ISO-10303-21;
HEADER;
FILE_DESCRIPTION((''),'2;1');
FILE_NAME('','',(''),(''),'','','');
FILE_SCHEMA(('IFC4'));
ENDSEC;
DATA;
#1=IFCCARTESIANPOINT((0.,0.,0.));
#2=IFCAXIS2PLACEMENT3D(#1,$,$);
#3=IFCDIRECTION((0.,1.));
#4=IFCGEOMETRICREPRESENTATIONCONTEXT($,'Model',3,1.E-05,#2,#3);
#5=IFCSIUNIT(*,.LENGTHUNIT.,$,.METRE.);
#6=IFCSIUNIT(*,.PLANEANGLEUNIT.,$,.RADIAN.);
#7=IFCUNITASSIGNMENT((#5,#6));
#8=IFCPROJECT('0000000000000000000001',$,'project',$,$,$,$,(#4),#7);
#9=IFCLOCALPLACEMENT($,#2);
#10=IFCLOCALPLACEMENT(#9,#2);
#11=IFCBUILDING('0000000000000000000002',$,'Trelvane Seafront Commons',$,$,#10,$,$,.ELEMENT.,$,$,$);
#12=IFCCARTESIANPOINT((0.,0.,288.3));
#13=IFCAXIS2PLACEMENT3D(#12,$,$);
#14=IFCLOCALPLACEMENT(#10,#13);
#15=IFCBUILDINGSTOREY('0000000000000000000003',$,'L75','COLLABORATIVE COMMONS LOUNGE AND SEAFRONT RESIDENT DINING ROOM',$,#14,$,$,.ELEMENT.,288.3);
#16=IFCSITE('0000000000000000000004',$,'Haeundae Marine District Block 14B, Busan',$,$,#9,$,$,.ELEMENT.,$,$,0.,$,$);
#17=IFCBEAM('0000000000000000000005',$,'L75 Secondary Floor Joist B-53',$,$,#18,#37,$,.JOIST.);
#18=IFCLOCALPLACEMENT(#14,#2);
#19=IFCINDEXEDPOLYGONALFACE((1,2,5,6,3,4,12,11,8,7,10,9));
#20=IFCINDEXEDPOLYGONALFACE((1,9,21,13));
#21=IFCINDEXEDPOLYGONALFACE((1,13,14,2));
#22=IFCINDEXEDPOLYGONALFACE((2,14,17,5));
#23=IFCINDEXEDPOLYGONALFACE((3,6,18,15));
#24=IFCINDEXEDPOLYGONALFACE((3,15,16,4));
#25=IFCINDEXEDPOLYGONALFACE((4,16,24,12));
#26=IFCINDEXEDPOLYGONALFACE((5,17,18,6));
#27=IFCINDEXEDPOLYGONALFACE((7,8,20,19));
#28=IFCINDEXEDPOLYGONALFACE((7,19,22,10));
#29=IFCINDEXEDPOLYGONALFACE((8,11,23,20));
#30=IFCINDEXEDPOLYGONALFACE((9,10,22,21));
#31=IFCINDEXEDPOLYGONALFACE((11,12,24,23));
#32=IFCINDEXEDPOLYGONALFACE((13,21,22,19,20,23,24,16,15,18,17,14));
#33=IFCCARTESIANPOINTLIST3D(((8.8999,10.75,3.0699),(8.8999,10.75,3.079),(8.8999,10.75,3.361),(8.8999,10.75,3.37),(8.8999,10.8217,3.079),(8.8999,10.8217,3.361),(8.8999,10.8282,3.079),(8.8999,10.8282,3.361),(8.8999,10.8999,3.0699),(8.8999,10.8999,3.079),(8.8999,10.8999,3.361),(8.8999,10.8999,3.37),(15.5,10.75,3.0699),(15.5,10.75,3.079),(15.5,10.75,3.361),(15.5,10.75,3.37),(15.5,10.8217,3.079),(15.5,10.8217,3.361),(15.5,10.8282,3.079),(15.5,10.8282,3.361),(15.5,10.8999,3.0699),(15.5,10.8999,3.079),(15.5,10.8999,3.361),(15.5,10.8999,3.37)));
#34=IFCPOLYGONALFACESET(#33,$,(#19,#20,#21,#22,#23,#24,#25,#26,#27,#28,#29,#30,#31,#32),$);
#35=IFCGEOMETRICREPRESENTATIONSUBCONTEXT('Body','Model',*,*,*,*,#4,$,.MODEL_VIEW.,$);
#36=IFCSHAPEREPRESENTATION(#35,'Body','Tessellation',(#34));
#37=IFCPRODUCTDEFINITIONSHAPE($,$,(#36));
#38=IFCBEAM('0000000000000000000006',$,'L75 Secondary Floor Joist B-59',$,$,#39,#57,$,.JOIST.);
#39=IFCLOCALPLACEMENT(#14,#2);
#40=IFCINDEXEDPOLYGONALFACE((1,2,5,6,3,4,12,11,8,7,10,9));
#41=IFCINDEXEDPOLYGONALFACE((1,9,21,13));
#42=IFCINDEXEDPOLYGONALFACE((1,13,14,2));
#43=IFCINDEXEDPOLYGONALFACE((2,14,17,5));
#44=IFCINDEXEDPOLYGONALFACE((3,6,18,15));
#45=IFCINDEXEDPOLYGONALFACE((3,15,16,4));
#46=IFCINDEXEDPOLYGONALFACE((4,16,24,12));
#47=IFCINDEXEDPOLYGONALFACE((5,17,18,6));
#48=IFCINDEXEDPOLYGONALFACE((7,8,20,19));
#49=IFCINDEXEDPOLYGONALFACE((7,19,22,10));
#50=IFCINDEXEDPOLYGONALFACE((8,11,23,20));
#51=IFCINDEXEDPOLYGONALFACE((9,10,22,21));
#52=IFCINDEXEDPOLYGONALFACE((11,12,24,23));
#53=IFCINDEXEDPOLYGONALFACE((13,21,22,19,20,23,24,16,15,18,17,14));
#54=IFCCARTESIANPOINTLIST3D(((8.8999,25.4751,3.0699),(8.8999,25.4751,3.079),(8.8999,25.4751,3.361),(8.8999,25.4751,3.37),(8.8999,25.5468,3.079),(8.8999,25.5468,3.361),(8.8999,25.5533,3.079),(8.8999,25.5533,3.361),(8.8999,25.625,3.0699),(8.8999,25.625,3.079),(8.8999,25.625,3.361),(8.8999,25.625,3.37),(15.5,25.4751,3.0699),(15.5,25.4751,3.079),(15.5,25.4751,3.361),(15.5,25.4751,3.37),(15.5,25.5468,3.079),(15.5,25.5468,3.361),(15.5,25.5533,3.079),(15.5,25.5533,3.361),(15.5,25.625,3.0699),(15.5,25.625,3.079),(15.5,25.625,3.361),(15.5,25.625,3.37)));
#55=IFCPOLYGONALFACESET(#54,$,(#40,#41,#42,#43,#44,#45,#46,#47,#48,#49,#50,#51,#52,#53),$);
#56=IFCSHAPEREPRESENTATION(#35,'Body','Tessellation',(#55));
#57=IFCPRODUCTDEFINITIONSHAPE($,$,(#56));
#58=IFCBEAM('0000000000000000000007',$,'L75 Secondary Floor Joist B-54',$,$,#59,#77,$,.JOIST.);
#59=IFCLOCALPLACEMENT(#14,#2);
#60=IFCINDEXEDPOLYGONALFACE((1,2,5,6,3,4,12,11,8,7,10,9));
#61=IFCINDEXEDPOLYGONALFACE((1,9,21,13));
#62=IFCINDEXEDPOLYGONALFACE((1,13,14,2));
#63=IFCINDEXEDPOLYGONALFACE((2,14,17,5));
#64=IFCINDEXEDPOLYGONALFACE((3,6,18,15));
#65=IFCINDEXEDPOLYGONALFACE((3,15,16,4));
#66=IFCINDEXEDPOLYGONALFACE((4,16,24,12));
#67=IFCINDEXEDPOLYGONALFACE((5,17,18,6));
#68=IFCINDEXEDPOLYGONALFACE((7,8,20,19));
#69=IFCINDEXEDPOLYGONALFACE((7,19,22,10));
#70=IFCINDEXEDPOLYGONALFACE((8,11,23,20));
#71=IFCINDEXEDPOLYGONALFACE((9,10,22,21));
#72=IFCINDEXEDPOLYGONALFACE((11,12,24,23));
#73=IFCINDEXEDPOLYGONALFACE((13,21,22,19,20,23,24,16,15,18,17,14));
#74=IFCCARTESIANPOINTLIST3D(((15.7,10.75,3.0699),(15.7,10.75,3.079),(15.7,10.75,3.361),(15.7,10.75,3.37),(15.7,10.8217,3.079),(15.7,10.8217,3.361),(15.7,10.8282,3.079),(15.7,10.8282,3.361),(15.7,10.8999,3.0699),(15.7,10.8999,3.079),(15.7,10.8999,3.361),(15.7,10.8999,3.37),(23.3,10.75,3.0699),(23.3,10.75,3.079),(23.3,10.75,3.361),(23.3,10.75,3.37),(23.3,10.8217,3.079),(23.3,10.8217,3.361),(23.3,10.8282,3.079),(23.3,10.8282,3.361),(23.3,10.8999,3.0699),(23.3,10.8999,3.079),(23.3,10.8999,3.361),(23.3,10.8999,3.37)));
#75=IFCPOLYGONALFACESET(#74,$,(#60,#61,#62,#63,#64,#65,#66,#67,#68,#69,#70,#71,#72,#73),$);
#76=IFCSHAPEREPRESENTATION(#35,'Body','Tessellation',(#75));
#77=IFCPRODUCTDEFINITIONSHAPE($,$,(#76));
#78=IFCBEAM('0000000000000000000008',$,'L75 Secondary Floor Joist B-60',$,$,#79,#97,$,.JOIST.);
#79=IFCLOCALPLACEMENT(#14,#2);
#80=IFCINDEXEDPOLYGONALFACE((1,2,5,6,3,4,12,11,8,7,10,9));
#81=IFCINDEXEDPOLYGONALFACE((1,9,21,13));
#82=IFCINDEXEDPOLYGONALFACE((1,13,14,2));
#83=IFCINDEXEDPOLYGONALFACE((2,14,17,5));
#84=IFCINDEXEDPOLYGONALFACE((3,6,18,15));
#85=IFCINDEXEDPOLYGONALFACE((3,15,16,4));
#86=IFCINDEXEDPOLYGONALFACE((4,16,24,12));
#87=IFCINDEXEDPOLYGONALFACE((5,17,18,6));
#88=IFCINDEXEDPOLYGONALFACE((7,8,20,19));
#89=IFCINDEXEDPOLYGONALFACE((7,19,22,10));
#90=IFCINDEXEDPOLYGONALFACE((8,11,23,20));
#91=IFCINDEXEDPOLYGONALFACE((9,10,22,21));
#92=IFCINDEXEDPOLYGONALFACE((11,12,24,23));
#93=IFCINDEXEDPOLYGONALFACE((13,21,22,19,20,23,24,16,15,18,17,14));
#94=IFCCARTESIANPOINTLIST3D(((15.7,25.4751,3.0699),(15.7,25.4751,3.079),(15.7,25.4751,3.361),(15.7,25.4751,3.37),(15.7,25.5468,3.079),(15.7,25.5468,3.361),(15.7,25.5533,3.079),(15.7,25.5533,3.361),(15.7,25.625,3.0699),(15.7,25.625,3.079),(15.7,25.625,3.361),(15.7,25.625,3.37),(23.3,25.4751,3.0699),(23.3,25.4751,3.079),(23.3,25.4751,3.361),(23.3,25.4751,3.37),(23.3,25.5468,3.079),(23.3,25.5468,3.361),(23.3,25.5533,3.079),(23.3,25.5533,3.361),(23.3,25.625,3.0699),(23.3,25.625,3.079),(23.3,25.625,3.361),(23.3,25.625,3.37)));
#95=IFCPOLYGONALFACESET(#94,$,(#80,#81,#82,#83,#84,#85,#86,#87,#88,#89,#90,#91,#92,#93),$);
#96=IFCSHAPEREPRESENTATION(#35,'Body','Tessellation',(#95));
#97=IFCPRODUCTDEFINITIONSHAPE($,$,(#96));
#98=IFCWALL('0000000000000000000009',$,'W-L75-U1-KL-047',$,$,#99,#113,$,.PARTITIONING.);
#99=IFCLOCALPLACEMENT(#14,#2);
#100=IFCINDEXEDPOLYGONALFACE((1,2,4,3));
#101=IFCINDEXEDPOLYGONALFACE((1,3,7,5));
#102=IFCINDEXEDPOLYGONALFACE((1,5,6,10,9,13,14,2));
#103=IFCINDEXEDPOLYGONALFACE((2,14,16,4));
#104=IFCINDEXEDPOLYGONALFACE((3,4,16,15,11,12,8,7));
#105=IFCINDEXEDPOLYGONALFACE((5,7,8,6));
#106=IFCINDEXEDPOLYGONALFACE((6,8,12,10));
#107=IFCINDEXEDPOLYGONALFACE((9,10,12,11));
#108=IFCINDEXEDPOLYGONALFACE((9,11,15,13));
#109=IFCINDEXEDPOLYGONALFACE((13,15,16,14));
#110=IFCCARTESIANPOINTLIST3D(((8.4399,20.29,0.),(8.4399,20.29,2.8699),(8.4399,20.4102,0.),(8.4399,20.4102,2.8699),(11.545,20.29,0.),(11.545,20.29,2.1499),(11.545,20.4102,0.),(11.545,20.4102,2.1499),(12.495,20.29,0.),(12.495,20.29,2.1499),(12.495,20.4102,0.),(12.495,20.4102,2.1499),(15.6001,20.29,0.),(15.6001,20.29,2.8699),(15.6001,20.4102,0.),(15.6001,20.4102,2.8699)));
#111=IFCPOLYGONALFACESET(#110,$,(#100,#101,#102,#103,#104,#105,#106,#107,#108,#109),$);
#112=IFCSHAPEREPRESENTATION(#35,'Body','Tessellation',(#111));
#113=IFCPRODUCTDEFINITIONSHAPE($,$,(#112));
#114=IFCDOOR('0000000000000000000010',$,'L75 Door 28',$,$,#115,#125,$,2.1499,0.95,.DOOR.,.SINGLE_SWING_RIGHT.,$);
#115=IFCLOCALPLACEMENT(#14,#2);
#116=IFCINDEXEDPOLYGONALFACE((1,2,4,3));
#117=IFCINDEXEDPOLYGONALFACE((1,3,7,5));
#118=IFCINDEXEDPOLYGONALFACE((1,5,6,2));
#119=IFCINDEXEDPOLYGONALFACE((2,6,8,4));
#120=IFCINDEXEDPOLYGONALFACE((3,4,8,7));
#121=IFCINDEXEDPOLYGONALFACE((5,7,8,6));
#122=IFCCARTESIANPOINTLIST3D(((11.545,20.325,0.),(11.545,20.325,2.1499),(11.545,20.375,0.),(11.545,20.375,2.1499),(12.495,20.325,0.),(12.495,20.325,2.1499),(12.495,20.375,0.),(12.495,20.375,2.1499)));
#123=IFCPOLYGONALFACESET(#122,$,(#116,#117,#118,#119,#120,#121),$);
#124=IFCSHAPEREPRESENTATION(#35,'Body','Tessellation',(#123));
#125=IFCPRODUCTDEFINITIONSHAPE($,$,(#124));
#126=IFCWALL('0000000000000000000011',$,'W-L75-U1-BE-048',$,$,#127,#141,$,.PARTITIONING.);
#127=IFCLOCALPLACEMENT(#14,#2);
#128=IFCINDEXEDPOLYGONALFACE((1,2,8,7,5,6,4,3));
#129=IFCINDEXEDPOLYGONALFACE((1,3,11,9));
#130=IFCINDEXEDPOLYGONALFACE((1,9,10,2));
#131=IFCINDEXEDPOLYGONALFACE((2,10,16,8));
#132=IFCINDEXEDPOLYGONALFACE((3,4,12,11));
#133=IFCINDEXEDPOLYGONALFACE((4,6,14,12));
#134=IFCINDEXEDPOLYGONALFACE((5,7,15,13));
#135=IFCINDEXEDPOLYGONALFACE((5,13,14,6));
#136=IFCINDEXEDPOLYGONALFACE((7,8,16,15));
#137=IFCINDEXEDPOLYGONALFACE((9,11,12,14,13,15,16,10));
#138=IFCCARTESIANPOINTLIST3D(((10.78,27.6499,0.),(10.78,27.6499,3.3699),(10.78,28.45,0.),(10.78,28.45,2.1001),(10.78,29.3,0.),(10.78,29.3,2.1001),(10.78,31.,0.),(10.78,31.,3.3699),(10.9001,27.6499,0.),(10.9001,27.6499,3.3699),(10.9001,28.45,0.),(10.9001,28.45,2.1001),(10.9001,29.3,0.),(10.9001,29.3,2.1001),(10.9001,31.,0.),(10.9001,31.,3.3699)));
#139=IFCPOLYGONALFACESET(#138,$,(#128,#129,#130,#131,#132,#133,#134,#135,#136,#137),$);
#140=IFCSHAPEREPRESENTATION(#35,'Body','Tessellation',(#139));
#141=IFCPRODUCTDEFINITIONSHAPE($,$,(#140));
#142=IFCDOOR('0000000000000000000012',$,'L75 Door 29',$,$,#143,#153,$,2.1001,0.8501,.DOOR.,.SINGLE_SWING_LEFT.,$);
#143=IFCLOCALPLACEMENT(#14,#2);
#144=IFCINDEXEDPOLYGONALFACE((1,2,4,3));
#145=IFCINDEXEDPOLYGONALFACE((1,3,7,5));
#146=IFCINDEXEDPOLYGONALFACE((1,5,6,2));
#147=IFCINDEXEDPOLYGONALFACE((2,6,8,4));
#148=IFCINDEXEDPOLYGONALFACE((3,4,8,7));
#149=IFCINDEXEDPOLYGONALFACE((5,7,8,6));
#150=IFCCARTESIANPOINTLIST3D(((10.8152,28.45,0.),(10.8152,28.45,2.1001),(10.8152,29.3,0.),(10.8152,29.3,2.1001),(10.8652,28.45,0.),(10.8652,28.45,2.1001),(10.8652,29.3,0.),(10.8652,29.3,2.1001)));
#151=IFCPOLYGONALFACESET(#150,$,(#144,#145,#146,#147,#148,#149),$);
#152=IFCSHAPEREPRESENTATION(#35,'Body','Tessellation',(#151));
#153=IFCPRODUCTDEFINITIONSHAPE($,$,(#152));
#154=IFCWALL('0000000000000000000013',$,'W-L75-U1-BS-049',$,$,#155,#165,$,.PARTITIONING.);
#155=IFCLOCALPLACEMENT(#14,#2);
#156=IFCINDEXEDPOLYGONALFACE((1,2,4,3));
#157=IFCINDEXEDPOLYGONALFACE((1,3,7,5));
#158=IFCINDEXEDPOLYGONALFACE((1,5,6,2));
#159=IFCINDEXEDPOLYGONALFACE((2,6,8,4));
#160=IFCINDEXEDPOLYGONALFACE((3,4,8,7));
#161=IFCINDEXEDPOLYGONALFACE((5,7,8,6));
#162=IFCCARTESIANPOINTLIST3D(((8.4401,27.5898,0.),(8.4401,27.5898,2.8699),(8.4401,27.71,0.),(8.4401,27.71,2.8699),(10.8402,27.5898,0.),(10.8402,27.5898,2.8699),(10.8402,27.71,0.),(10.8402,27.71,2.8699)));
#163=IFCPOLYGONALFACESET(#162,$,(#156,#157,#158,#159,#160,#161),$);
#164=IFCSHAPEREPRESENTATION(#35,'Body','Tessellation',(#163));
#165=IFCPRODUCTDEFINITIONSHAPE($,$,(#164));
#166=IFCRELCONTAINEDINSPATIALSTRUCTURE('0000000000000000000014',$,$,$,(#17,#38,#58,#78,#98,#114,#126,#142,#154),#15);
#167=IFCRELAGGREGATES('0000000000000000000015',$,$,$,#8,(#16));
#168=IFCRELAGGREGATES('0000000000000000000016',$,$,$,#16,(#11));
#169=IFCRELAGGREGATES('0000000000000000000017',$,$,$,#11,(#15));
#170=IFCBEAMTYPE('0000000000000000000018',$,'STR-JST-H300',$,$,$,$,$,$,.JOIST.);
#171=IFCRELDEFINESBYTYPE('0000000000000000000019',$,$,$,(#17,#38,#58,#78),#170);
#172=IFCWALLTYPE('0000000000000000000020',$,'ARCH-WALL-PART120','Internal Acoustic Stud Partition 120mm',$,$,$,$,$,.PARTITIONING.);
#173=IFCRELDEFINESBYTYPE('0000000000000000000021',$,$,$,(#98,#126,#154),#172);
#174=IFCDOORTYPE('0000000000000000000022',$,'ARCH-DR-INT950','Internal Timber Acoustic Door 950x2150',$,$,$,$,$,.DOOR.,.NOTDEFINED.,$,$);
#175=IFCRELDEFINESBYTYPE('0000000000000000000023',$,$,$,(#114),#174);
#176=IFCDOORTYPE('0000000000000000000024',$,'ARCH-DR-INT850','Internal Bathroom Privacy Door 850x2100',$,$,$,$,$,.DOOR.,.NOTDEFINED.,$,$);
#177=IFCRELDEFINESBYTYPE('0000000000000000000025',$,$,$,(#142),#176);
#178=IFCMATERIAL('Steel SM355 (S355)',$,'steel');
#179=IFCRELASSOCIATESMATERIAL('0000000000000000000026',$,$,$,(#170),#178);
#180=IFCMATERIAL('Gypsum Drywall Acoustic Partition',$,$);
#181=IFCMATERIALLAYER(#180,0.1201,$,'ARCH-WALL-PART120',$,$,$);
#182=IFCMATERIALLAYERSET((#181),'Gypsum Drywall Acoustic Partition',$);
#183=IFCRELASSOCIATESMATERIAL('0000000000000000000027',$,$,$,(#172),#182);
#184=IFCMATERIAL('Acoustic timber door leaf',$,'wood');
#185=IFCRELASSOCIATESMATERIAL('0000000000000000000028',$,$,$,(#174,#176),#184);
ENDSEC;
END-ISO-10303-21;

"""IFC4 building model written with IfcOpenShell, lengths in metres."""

from ifc_helpers import new_model, si_unit, direction, frame, frame_2d, origin, origin_2d, place, context, subcontext, project, spatial, rectangle, i_section, extrude, source, transform, mapped, material, layer, layer_set, material_profile, profile_set, type_object, element, fill, save


model = new_model("IFC4")

# Units and contexts
model_context = context("Model", 3, precision=1e-05, world=origin(), true_north=direction((0.0, 1.0)))
body_context = subcontext(model_context, "Body", "Model", "MODEL_VIEW")
ifc_project = project(units=[si_unit("LENGTHUNIT", "METRE"), si_unit("PLANEANGLEUNIT", "RADIAN")], contexts=[model_context])

# Site, building, storey
site_placement = place(None, origin())
site = spatial("IfcSite", under=ifc_project, at=site_placement, Name="Haeundae Marine District Block 14B, Busan", CompositionType="ELEMENT", RefElevation=0.0)
building_placement = place(site_placement, origin())
building = spatial("IfcBuilding", under=site, at=building_placement, Name="Trelvane Seafront Commons", CompositionType="ELEMENT")
storey_placement = place(building_placement, frame((0.0, 0.0, 288.3)))
storey = spatial("IfcBuildingStorey", under=building, at=storey_placement, Name="L75", Description="COLLABORATIVE COMMONS LOUNGE AND SEAFRONT RESIDENT DINING ROOM", CompositionType="ELEMENT", Elevation=288.3)

# Shared definitions
ifc_material_1 = material(Name="Steel SM355 (S355)", Category="steel")

# Beams
ifc_material_profile_1 = material_profile(ifc_material_1, i_section(OverallWidth=0.1499, OverallDepth=0.3, WebThickness=0.0066, FlangeThickness=0.009, at=origin_2d()), Name="H-300x150x6.5x9")
ifc_profile_set_1 = profile_set([ifc_material_profile_1], Name="Steel SM355 (S355)")
beam_type_1 = type_object("IfcBeamType", Name="STR-JST-H300", PredefinedType="JOIST", material=ifc_profile_set_1)
shared_shape_1 = source(origin(), body_context, "Body", "SweptSolid", [
    extrude(i_section(OverallWidth=0.1499, OverallDepth=0.3, WebThickness=0.0066, FlangeThickness=0.009, at=origin_2d()), origin(), (0.0, 0.0, 1.0), 6.6001),
])
for number, where, z_axis, x_axis, name in (
    (1, (8.8999, 10.825, 3.22), (1.0, 0.0, 0.0), (0.0, 1.0, 0.0), "L75 Secondary Floor Joist B-53"),
    (2, (8.8999, 25.55, 3.22), (1.0, 0.0, 0.0), (0.0, 1.0, 0.0), "L75 Secondary Floor Joist B-59"),
):
    element("IfcBeam", number, at=place(storey_placement, frame(where, z_axis=z_axis, x_axis=x_axis)), inside=storey, type_object=beam_type_1, Name=name, PredefinedType="JOIST", context=body_context, shape_type="MappedRepresentation", body=[
        mapped(shared_shape_1, transform((0.0, 0.0, 0.0), x_axis=(1.0, 0.0, 0.0), y_axis=(0.0, 1.0, 0.0), z_axis=(0.0, 0.0, 1.0), scale=1.0)),
    ])
shared_shape_2 = source(origin(), body_context, "Body", "SweptSolid", [
    extrude(i_section(OverallWidth=0.1499, OverallDepth=0.3, WebThickness=0.0066, FlangeThickness=0.009, at=origin_2d()), origin(), (0.0, 0.0, 1.0), 7.6001),
])
for number, where, z_axis, x_axis, name in (
    (3, (15.7, 10.825, 3.22), (1.0, 0.0, 0.0), (0.0, 1.0, 0.0), "L75 Secondary Floor Joist B-54"),
    (4, (15.7, 25.55, 3.22), (1.0, 0.0, 0.0), (0.0, 1.0, 0.0), "L75 Secondary Floor Joist B-60"),
):
    element("IfcBeam", number, at=place(storey_placement, frame(where, z_axis=z_axis, x_axis=x_axis)), inside=storey, type_object=beam_type_1, Name=name, PredefinedType="JOIST", context=body_context, shape_type="MappedRepresentation", body=[
        mapped(shared_shape_2, transform((0.0, 0.0, 0.0), x_axis=(1.0, 0.0, 0.0), y_axis=(0.0, 1.0, 0.0), z_axis=(0.0, 0.0, 1.0), scale=1.0)),
    ])

# Walls, openings, doors
ifc_material_2 = material(Name="Gypsum Drywall Acoustic Partition")
ifc_layer_1 = layer(ifc_material_2, 0.1201, Name="ARCH-WALL-PART120")
ifc_layer_set_1 = layer_set([ifc_layer_1], Name="Gypsum Drywall Acoustic Partition")
wall_type_1 = type_object("IfcWallType", Name="ARCH-WALL-PART120", Description="Internal Acoustic Stud Partition 120mm", PredefinedType="PARTITIONING", material=ifc_layer_set_1)
wall_1_placement = place(storey_placement, frame((8.4399, 20.3501, 0.0), z_axis=(0.0, 0.0, 1.0), x_axis=(1.0, 0.0, 0.0)))
wall_1 = element("IfcWall", 5, at=wall_1_placement, inside=storey, type_object=wall_type_1, Name="W-L75-U1-KL-047", PredefinedType="PARTITIONING", context=body_context, shape_type="SweptSolid", body=[
    extrude(rectangle(XDim=7.1602, YDim=0.1201, at=frame_2d((3.5801, 0.0))), origin(), (0.0, 0.0, 1.0), 2.8699),
])
opening_1_placement = place(wall_1_placement, frame((3.105, 0.0, 0.0)))
opening_1 = element("IfcOpeningElement", 6, at=opening_1_placement, cuts=wall_1, PredefinedType="OPENING", context=body_context, shape_type="SweptSolid", body=[
    extrude(rectangle(XDim=0.95, YDim=2.1499, at=frame_2d((0.4751, 1.075))), frame((0.0, 0.0701, 0.0), z_axis=(0.0, -1.0, 0.0), x_axis=(1.0, 0.0, 0.0)), (0.0, 0.0, 1.0), 0.1401),
])
ifc_material_3 = material(Name="Acoustic timber door leaf", Category="wood")
door_type_1 = type_object("IfcDoorType", Name="ARCH-DR-INT950", Description="Internal Timber Acoustic Door 950x2150", OperationType="NOTDEFINED", PredefinedType="DOOR", material=ifc_material_3)
shared_shape_3 = source(origin(), body_context, "Body", "SweptSolid", [
    extrude(rectangle(XDim=0.95, YDim=2.1499, at=frame_2d((0.4751, 1.075))), frame((0.0, 0.0249, 0.0), z_axis=(0.0, -1.0, 0.0), x_axis=(1.0, 0.0, 0.0)), (0.0, 0.0, 1.0), 0.05),
])
door_1_placement = place(opening_1_placement, origin())
door_1 = element("IfcDoor", 7, at=door_1_placement, inside=storey, type_object=door_type_1, Name="L75 Door 28", OperationType="SINGLE_SWING_RIGHT", OverallHeight=2.1499, OverallWidth=0.95, PredefinedType="DOOR", context=body_context, shape_type="MappedRepresentation", body=[
    mapped(shared_shape_3, transform((0.0, 0.0, 0.0), x_axis=(1.0, 0.0, 0.0), y_axis=(0.0, 1.0, 0.0), z_axis=(0.0, 0.0, 1.0), scale=1.0)),
])
fill(opening_1, door_1)
wall_2_placement = place(storey_placement, frame((10.8401, 27.6499, 0.0), z_axis=(0.0, 0.0, 1.0), x_axis=(0.0, 1.0, 0.0)))
wall_2 = element("IfcWall", 8, at=wall_2_placement, inside=storey, type_object=wall_type_1, Name="W-L75-U1-BE-048", PredefinedType="PARTITIONING", context=body_context, shape_type="SweptSolid", body=[
    extrude(rectangle(XDim=3.3501, YDim=0.1201, at=frame_2d((1.675, 0.0))), origin(), (0.0, 0.0, 1.0), 3.3699),
])
opening_2_placement = place(wall_2_placement, frame((0.8, 0.0, 0.0)))
opening_2 = element("IfcOpeningElement", 9, at=opening_2_placement, cuts=wall_2, PredefinedType="OPENING", context=body_context, shape_type="SweptSolid", body=[
    extrude(rectangle(XDim=0.8501, YDim=2.1001, at=frame_2d((0.425, 1.05))), frame((0.0, 0.0701, 0.0), z_axis=(0.0, -1.0, 0.0), x_axis=(1.0, 0.0, 0.0)), (0.0, 0.0, 1.0), 0.1401),
])
door_type_2 = type_object("IfcDoorType", Name="ARCH-DR-INT850", Description="Internal Bathroom Privacy Door 850x2100", OperationType="NOTDEFINED", PredefinedType="DOOR", material=ifc_material_3)
shared_shape_4 = source(origin(), body_context, "Body", "SweptSolid", [
    extrude(rectangle(XDim=0.8501, YDim=2.1001, at=frame_2d((0.425, 1.05))), frame((0.0, 0.0249, 0.0), z_axis=(0.0, -1.0, 0.0), x_axis=(1.0, 0.0, 0.0)), (0.0, 0.0, 1.0), 0.05),
])
door_2_placement = place(opening_2_placement, origin())
door_2 = element("IfcDoor", 10, at=door_2_placement, inside=storey, type_object=door_type_2, Name="L75 Door 29", OperationType="SINGLE_SWING_LEFT", OverallHeight=2.1001, OverallWidth=0.8501, PredefinedType="DOOR", context=body_context, shape_type="MappedRepresentation", body=[
    mapped(shared_shape_4, transform((0.0, 0.0, 0.0), x_axis=(1.0, 0.0, 0.0), y_axis=(0.0, 1.0, 0.0), z_axis=(0.0, 0.0, 1.0), scale=1.0)),
])
fill(opening_2, door_2)

# Wall
wall_3_placement = place(storey_placement, frame((8.4399, 27.6499, 0.0), z_axis=(0.0, 0.0, 1.0), x_axis=(1.0, 0.0, 0.0)))
element("IfcWall", 11, at=wall_3_placement, inside=storey, type_object=wall_type_1, Name="W-L75-U1-BS-049", PredefinedType="PARTITIONING", context=body_context, shape_type="SweptSolid", body=[
    extrude(rectangle(XDim=2.4001, YDim=0.1201, at=frame_2d((1.2002, 0.0))), origin(), (0.0, 0.0, 1.0), 2.8699),
])

save(model, "model.ifc")
